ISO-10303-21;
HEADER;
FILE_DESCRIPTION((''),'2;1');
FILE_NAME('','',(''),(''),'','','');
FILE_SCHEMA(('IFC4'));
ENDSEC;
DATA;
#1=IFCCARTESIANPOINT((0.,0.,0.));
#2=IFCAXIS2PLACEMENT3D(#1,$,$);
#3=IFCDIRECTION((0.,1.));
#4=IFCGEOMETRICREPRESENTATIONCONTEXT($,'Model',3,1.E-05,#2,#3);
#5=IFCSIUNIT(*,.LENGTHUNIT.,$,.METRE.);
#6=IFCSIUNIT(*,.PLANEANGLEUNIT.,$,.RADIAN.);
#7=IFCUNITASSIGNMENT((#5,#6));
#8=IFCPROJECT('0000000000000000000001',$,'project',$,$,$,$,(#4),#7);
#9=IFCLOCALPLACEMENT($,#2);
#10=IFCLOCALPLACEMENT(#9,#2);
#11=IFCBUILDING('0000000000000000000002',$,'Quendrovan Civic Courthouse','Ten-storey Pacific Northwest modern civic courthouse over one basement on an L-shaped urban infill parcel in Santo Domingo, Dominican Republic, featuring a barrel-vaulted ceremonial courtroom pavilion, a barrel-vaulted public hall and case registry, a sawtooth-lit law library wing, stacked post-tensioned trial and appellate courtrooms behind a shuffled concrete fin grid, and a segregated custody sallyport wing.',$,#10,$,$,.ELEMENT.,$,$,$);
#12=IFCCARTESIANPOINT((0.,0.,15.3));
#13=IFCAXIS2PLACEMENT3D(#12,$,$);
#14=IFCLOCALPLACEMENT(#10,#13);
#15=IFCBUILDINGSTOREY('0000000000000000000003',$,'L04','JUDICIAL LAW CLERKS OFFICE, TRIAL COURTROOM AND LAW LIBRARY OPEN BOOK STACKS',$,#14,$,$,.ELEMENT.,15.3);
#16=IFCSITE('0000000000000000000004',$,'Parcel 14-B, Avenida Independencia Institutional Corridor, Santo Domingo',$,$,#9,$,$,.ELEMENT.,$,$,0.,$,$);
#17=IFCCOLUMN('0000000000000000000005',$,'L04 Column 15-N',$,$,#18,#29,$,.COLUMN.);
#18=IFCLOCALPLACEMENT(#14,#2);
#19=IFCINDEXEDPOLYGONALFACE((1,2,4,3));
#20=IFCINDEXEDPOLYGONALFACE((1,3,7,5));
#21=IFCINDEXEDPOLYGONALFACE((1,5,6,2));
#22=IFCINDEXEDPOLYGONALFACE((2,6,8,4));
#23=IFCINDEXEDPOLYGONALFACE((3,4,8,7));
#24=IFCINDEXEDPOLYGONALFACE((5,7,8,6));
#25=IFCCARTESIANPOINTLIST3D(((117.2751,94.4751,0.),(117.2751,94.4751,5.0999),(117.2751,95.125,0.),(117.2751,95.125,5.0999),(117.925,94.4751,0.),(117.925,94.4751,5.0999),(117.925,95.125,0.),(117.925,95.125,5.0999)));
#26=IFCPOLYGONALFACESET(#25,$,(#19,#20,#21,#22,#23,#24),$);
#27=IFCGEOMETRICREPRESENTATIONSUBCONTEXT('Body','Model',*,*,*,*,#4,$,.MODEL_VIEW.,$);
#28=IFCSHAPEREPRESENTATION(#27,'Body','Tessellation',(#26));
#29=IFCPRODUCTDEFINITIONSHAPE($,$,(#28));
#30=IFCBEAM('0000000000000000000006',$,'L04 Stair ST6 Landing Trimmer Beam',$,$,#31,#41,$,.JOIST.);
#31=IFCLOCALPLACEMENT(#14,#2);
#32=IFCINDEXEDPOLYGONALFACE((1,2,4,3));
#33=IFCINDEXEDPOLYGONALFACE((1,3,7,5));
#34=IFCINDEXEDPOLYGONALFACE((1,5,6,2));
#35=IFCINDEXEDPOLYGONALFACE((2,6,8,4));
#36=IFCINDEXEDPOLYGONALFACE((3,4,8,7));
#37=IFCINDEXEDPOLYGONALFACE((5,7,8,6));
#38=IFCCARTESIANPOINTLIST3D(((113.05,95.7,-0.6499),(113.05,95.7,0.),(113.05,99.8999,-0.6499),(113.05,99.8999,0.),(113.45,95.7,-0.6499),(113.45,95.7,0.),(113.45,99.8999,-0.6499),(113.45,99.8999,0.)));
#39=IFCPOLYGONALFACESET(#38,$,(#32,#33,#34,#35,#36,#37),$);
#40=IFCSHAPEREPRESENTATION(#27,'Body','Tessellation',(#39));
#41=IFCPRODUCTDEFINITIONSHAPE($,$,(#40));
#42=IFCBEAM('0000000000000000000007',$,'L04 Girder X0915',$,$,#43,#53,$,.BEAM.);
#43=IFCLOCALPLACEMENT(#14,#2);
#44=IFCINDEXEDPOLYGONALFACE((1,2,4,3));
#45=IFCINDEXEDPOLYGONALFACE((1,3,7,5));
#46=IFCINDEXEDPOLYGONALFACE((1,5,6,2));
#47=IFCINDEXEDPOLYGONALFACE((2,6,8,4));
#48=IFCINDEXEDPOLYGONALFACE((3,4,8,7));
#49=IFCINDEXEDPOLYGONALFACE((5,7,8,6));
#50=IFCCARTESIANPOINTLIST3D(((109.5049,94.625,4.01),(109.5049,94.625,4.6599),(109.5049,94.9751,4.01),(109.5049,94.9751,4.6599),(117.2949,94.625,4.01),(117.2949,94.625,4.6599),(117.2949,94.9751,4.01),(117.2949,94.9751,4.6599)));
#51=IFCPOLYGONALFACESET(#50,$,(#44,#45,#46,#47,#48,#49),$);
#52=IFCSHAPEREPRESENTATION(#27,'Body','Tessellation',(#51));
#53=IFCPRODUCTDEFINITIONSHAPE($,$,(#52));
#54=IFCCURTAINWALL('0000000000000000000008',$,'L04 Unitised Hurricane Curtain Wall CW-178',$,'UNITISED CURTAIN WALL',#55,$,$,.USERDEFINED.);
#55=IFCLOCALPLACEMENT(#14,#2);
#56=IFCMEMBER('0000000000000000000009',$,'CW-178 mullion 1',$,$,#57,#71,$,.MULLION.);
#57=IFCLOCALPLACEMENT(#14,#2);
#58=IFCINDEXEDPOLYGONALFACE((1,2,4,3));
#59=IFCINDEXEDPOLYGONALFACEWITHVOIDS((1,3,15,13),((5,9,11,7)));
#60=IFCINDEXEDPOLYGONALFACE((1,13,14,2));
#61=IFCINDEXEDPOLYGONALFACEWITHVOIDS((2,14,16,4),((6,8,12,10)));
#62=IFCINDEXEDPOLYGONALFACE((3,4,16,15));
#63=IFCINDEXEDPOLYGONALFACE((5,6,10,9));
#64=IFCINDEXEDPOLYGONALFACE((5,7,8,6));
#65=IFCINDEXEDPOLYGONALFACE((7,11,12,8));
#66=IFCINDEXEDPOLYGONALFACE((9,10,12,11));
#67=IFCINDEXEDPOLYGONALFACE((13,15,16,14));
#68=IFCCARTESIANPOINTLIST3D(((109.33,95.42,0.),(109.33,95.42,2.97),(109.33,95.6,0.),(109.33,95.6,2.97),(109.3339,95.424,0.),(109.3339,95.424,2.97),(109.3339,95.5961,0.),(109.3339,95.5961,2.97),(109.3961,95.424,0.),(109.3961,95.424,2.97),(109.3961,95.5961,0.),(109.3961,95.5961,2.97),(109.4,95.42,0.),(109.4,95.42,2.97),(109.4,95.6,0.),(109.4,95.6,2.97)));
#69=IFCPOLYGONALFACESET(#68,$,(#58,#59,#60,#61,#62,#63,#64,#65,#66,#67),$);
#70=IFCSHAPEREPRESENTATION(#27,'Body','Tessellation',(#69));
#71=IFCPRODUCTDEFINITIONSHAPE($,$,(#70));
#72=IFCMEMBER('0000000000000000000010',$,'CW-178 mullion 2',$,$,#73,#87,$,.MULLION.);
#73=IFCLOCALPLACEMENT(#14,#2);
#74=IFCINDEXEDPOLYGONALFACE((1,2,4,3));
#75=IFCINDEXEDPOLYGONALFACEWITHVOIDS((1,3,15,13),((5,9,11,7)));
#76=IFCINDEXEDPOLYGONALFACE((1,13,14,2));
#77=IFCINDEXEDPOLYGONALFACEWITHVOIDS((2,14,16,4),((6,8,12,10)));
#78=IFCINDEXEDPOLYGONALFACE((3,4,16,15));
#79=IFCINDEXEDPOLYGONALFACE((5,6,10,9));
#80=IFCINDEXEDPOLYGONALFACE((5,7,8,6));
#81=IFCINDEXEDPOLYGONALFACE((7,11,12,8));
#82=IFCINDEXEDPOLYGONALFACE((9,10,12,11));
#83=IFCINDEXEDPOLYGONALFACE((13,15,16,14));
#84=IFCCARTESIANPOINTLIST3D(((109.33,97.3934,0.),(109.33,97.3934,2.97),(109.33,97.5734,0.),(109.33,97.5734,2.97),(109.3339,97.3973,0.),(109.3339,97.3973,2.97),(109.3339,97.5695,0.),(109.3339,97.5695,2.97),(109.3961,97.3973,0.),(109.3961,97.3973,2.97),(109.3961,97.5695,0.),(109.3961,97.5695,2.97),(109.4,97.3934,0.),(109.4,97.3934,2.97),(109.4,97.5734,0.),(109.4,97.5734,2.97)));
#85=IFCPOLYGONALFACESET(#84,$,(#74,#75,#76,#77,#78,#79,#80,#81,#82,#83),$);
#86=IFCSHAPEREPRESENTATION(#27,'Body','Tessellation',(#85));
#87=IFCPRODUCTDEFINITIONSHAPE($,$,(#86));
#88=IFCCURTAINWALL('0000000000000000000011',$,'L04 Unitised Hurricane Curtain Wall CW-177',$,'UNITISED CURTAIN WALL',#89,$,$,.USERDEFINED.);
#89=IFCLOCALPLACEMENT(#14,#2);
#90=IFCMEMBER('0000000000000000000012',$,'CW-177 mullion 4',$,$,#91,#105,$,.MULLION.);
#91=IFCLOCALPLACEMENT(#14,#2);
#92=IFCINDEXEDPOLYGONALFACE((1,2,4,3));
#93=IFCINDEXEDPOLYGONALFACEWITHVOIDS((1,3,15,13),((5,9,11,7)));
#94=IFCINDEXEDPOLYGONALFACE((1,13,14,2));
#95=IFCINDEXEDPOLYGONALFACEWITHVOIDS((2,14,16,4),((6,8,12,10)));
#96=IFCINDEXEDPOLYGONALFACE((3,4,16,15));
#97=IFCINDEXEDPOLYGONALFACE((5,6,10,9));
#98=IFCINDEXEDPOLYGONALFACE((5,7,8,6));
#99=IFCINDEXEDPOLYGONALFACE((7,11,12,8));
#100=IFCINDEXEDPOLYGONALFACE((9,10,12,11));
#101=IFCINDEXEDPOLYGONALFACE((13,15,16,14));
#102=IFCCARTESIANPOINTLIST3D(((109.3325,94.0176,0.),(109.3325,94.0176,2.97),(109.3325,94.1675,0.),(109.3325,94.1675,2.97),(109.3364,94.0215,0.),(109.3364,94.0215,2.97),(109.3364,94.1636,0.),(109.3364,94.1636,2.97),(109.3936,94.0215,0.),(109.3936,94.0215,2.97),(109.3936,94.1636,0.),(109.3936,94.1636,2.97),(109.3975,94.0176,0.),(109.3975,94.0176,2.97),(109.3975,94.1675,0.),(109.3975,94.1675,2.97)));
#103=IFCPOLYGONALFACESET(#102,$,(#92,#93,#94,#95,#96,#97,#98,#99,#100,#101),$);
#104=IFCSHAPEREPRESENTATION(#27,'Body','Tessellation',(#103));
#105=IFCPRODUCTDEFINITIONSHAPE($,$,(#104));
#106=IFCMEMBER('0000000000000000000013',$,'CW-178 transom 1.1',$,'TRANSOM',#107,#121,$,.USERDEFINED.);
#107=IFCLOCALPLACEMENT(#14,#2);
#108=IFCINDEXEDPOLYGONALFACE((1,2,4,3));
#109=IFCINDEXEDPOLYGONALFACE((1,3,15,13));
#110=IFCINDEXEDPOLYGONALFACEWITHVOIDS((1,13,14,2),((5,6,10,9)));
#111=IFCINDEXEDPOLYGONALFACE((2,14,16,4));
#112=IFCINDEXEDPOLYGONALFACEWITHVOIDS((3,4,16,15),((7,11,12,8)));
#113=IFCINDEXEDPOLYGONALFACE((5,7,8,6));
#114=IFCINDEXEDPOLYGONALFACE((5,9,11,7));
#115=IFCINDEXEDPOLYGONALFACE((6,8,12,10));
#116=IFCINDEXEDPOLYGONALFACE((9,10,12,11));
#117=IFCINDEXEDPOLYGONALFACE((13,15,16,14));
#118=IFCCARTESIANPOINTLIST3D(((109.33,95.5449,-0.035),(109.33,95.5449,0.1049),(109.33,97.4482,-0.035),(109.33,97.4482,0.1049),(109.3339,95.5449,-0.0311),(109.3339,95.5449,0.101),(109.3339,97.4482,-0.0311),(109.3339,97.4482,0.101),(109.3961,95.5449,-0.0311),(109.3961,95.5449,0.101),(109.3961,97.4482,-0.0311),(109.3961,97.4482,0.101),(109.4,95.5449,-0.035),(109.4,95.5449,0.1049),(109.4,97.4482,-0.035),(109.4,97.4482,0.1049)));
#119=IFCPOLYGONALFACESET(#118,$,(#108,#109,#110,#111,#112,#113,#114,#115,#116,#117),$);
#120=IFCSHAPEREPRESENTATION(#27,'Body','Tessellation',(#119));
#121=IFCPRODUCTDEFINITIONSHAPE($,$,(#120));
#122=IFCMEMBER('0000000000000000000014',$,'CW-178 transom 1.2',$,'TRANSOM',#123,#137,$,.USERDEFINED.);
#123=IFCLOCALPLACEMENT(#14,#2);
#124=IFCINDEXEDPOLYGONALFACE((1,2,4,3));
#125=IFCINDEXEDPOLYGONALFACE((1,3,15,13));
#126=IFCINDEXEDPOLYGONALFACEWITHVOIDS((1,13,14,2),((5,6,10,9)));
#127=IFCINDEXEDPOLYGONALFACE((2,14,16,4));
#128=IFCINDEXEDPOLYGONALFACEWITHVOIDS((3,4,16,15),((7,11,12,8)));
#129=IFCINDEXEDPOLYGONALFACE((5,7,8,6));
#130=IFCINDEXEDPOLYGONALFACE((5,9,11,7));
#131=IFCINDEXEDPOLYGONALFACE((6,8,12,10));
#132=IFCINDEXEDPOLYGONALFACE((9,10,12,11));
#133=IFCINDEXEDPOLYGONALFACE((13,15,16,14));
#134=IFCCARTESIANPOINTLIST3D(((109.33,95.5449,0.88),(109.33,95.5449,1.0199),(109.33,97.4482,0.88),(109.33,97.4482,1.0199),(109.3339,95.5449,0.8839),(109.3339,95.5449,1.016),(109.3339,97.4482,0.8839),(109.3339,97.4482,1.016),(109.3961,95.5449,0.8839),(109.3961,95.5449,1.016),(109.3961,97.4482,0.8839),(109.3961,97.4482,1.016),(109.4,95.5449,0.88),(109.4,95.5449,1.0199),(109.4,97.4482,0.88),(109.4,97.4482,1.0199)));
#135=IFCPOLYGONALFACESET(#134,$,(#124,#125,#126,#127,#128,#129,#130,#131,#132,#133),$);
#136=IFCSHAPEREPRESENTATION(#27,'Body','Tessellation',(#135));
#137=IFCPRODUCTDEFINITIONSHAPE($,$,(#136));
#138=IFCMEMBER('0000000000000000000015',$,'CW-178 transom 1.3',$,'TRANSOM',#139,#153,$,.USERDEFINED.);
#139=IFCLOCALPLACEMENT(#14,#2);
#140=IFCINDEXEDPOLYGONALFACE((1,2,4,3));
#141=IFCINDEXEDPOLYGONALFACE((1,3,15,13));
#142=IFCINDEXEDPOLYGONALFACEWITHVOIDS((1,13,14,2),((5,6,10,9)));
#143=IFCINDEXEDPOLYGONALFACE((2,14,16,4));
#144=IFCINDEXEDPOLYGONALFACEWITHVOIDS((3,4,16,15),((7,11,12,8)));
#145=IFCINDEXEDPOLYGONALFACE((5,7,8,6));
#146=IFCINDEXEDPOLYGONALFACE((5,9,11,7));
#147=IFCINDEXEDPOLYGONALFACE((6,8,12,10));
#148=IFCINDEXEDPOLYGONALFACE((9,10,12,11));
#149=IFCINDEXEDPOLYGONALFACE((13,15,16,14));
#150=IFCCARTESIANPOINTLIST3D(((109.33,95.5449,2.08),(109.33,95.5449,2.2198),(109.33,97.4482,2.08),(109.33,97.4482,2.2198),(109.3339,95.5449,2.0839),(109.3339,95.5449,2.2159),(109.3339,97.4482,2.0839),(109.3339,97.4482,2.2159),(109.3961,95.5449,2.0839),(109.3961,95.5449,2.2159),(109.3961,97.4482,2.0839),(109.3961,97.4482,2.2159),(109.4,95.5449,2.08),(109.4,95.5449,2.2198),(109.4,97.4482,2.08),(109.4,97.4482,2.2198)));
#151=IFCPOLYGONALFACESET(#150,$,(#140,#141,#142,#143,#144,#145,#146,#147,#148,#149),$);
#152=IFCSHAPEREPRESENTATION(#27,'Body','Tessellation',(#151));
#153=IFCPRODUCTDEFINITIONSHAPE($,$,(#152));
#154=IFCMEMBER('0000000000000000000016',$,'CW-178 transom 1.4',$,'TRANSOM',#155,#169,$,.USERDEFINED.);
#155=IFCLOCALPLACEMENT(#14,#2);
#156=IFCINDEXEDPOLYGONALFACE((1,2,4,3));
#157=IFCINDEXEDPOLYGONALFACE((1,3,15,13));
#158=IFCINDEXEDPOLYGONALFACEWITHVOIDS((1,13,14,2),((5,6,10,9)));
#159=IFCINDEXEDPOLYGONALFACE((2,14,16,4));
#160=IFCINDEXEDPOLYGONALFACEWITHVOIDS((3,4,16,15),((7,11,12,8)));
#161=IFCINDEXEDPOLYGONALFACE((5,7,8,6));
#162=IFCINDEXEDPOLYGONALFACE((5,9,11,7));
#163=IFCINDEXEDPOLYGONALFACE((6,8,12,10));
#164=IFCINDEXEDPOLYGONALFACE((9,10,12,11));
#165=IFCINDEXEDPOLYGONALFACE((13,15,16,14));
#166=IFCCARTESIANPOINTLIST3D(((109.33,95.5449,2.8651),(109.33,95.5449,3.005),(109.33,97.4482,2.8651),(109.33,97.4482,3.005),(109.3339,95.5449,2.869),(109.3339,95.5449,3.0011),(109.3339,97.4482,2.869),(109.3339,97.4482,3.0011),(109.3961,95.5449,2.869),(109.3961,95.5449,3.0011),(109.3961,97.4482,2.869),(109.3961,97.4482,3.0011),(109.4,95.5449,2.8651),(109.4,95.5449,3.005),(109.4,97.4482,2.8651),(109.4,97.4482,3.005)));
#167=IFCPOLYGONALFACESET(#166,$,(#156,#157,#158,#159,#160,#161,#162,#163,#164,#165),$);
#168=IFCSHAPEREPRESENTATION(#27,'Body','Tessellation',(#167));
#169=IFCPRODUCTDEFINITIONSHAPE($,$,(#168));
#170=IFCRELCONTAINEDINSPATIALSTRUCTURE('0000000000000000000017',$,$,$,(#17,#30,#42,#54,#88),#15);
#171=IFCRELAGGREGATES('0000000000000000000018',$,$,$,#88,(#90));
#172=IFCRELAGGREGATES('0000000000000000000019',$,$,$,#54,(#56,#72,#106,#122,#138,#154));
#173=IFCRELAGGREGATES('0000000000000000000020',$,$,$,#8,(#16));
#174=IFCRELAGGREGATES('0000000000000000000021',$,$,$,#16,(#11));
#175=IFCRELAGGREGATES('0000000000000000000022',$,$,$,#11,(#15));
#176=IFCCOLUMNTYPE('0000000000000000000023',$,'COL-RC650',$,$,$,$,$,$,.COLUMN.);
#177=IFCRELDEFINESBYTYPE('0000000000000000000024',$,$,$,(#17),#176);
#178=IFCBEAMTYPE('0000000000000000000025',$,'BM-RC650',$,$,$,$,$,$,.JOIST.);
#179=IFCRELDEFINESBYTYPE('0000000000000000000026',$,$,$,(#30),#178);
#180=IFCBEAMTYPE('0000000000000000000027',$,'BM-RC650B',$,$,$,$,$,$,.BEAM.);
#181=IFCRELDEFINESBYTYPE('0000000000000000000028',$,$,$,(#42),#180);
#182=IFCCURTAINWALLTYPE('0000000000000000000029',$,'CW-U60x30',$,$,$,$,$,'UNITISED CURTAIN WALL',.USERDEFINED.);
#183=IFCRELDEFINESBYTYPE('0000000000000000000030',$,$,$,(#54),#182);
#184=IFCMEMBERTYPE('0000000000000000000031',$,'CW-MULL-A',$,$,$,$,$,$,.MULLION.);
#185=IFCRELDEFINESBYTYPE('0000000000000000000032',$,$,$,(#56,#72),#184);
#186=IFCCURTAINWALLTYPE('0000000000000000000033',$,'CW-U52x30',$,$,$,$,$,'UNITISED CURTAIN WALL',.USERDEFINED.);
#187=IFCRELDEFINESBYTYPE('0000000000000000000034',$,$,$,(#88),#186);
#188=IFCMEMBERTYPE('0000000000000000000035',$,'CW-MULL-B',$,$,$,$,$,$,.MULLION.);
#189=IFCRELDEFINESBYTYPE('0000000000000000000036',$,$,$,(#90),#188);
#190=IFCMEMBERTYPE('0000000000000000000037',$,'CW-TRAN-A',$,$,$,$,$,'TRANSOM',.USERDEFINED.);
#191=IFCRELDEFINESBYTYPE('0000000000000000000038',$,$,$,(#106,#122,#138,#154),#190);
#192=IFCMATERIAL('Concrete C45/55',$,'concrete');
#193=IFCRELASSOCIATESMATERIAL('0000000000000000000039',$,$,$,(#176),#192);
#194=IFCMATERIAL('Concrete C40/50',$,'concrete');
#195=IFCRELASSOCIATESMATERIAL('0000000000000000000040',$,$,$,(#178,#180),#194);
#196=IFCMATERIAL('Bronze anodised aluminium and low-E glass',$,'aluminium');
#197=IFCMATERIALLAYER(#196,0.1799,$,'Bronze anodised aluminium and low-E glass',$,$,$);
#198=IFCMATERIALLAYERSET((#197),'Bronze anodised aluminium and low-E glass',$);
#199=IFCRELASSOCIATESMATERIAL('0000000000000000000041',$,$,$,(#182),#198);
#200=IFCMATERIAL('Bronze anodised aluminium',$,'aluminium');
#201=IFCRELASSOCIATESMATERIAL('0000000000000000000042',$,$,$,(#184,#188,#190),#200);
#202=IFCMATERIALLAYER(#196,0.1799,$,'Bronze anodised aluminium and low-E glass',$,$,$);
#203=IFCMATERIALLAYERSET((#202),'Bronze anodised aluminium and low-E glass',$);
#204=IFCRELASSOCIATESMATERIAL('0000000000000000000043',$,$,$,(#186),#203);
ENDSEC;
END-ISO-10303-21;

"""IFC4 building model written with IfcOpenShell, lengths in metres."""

from ifc_helpers import new_model, si_unit, direction, frame, origin, origin_2d, place, context, subcontext, project, spatial, rectangle, hollow_rectangle, extrude, material, layer, layer_set, material_profile, profile_set, type_object, element, aggregate, save


model = new_model("IFC4")

# Units and contexts
model_context = context("Model", 3, precision=1e-05, world=origin(), true_north=direction((0.0, 1.0)))
body_context = subcontext(model_context, "Body", "Model", "MODEL_VIEW")
ifc_project = project(units=[si_unit("LENGTHUNIT", "METRE"), si_unit("PLANEANGLEUNIT", "RADIAN")], contexts=[model_context])

# Site, building, storey
site_placement = place(None, origin())
site = spatial("IfcSite", under=ifc_project, at=site_placement, Name="Parcel 14-B, Avenida Independencia Institutional Corridor, Santo Domingo", CompositionType="ELEMENT", RefElevation=0.0)
building_placement = place(site_placement, origin())
building = spatial("IfcBuilding", under=site, at=building_placement, Name="Quendrovan Civic Courthouse", Description="Ten-storey Pacific Northwest modern civic courthouse over one basement on an L-shaped urban infill parcel in Santo Domingo, Dominican Republic, featuring a barrel-vaulted ceremonial courtroom pavilion, a barrel-vaulted public hall and case registry, a sawtooth-lit law library wing, stacked post-tensioned trial and appellate courtrooms behind a shuffled concrete fin grid, and a segregated custody sallyport wing.", CompositionType="ELEMENT")
storey_placement = place(building_placement, frame((0.0, 0.0, 15.3)))
storey = spatial("IfcBuildingStorey", under=building, at=storey_placement, Name="L04", Description="JUDICIAL LAW CLERKS OFFICE, TRIAL COURTROOM AND LAW LIBRARY OPEN BOOK STACKS", CompositionType="ELEMENT", Elevation=15.3)

# Column
ifc_material_1 = material(Name="Concrete C45/55", Category="concrete")
ifc_material_profile_1 = material_profile(ifc_material_1, rectangle(XDim=0.6499, YDim=0.6499, at=origin_2d()), Name="RC-COL-650x650")
ifc_profile_set_1 = profile_set([ifc_material_profile_1], Name="Concrete C45/55")
column_type = type_object("IfcColumnType", Name="COL-RC650", PredefinedType="COLUMN", material=ifc_profile_set_1)
column_placement = place(storey_placement, frame((117.6001, 94.8, 0.0), z_axis=(0.0, 0.0, 1.0), x_axis=(1.0, 0.0, 0.0)))
element("IfcColumn", 1, at=column_placement, inside=storey, type_object=column_type, Name="L04 Column 15-N", PredefinedType="COLUMN", context=body_context, shape_type="SweptSolid", body=[
    extrude(rectangle(XDim=0.6499, YDim=0.6499, at=origin_2d()), origin(), (0.0, 0.0, 1.0), 5.0999),
])

# Beams
ifc_material_2 = material(Name="Concrete C40/50", Category="concrete")
ifc_material_profile_2 = material_profile(ifc_material_2, rectangle(XDim=0.3999, YDim=0.6499, at=origin_2d()), Name="RC-BM-400x650")
ifc_profile_set_2 = profile_set([ifc_material_profile_2], Name="Concrete C40/50")
beam_type_1 = type_object("IfcBeamType", Name="BM-RC650", PredefinedType="JOIST", material=ifc_profile_set_2)
beam_1_placement = place(storey_placement, frame((113.25, 95.7, -0.325), z_axis=(0.0, 1.0, 0.0), x_axis=(-1.0, 0.0, 0.0)))
element("IfcBeam", 2, at=beam_1_placement, inside=storey, type_object=beam_type_1, Name="L04 Stair ST6 Landing Trimmer Beam", PredefinedType="JOIST", context=body_context, shape_type="SweptSolid", body=[
    extrude(rectangle(XDim=0.3999, YDim=0.6499, at=origin_2d()), origin(), (0.0, 0.0, 1.0), 4.2),
])
ifc_material_profile_3 = material_profile(ifc_material_2, rectangle(XDim=0.3501, YDim=0.6499, at=origin_2d()), Name="RC-BM-350x650")
ifc_profile_set_3 = profile_set([ifc_material_profile_3], Name="Concrete C40/50")
beam_type_2 = type_object("IfcBeamType", Name="BM-RC650B", PredefinedType="BEAM", material=ifc_profile_set_3)
beam_2_placement = place(storey_placement, frame((109.5049, 94.8, 4.335), z_axis=(1.0, 0.0, 0.0), x_axis=(0.0, 1.0, 0.0)))
element("IfcBeam", 3, at=beam_2_placement, inside=storey, type_object=beam_type_2, Name="L04 Girder X0915", PredefinedType="BEAM", context=body_context, shape_type="SweptSolid", body=[
    extrude(rectangle(XDim=0.3501, YDim=0.6499, at=origin_2d()), origin(), (0.0, 0.0, 1.0), 7.79),
])

# Curtain wall, members
ifc_material_3 = material(Name="Bronze anodised aluminium and low-E glass", Category="aluminium")
ifc_layer_1 = layer(ifc_material_3, 0.1799, Name="Bronze anodised aluminium and low-E glass")
ifc_layer_set_1 = layer_set([ifc_layer_1], Name="Bronze anodised aluminium and low-E glass")
curtain_wall_type_1 = type_object("IfcCurtainWallType", Name="CW-U60x30", ElementType="UNITISED CURTAIN WALL", PredefinedType="USERDEFINED", material=ifc_layer_set_1)
curtain_wall_1_placement = place(storey_placement, origin())
curtain_wall_1 = element("IfcCurtainWall", 4, at=curtain_wall_1_placement, inside=storey, type_object=curtain_wall_type_1, Name="L04 Unitised Hurricane Curtain Wall CW-178", ObjectType="UNITISED CURTAIN WALL", PredefinedType="USERDEFINED")
ifc_material_4 = material(Name="Bronze anodised aluminium", Category="aluminium")
ifc_material_profile_4 = material_profile(ifc_material_4, hollow_rectangle(XDim=0.0701, YDim=0.1799, WallThickness=0.0039, at=origin_2d()), Name="CW-MULL-70x180")
ifc_profile_set_4 = profile_set([ifc_material_profile_4], Name="Bronze anodised aluminium")
member_type_1 = type_object("IfcMemberType", Name="CW-MULL-A", PredefinedType="MULLION", material=ifc_profile_set_4)
member_1_placement = place(storey_placement, frame((109.365, 95.51, 0.0), z_axis=(0.0, 0.0, 1.0), x_axis=(-1.0, 0.0, 0.0)))
member_1 = element("IfcMember", 5, at=member_1_placement, type_object=member_type_1, Name="CW-178 mullion 1", PredefinedType="MULLION", context=body_context, shape_type="SweptSolid", body=[
    extrude(hollow_rectangle(XDim=0.0701, YDim=0.1799, WallThickness=0.0039, at=origin_2d()), origin(), (0.0, 0.0, 1.0), 2.97),
])
member_2_placement = place(storey_placement, frame((109.365, 97.4834, 0.0), z_axis=(0.0, 0.0, 1.0), x_axis=(-1.0, 0.0, 0.0)))
member_2 = element("IfcMember", 6, at=member_2_placement, type_object=member_type_1, Name="CW-178 mullion 2", PredefinedType="MULLION", context=body_context, shape_type="SweptSolid", body=[
    extrude(hollow_rectangle(XDim=0.0701, YDim=0.1799, WallThickness=0.0039, at=origin_2d()), origin(), (0.0, 0.0, 1.0), 2.97),
])

# Curtain wall, member
ifc_layer_2 = layer(ifc_material_3, 0.1799, Name="Bronze anodised aluminium and low-E glass")
ifc_layer_set_2 = layer_set([ifc_layer_2], Name="Bronze anodised aluminium and low-E glass")
curtain_wall_type_2 = type_object("IfcCurtainWallType", Name="CW-U52x30", ElementType="UNITISED CURTAIN WALL", PredefinedType="USERDEFINED", material=ifc_layer_set_2)
curtain_wall_2_placement = place(storey_placement, origin())
curtain_wall_2 = element("IfcCurtainWall", 7, at=curtain_wall_2_placement, inside=storey, type_object=curtain_wall_type_2, Name="L04 Unitised Hurricane Curtain Wall CW-177", ObjectType="UNITISED CURTAIN WALL", PredefinedType="USERDEFINED")
ifc_material_profile_5 = material_profile(ifc_material_4, hollow_rectangle(XDim=0.0649, YDim=0.1499, WallThickness=0.0039, at=origin_2d()), Name="CW-MULL-65x150")
ifc_profile_set_5 = profile_set([ifc_material_profile_5], Name="Bronze anodised aluminium")
member_type_2 = type_object("IfcMemberType", Name="CW-MULL-B", PredefinedType="MULLION", material=ifc_profile_set_5)
member_3_placement = place(storey_placement, frame((109.365, 94.0925, 0.0), z_axis=(0.0, 0.0, 1.0), x_axis=(-1.0, 0.0, 0.0)))
member_3 = element("IfcMember", 8, at=member_3_placement, type_object=member_type_2, Name="CW-177 mullion 4", PredefinedType="MULLION", context=body_context, shape_type="SweptSolid", body=[
    extrude(hollow_rectangle(XDim=0.0649, YDim=0.1499, WallThickness=0.0039, at=origin_2d()), origin(), (0.0, 0.0, 1.0), 2.97),
])

# Members
ifc_material_profile_6 = material_profile(ifc_material_4, hollow_rectangle(XDim=0.0701, YDim=0.1399, WallThickness=0.0039, at=origin_2d()), Name="CW-TRAN-70x140")
ifc_profile_set_6 = profile_set([ifc_material_profile_6], Name="Bronze anodised aluminium")
member_type_3 = type_object("IfcMemberType", Name="CW-TRAN-A", ElementType="TRANSOM", PredefinedType="USERDEFINED", material=ifc_profile_set_6)
member_4_placement = place(storey_placement, frame((109.365, 95.5449, 0.0349), z_axis=(0.0, 1.0, 0.0), x_axis=(-1.0, 0.0, 0.0)))
member_4 = element("IfcMember", 9, at=member_4_placement, type_object=member_type_3, Name="CW-178 transom 1.1", ObjectType="TRANSOM", PredefinedType="USERDEFINED", context=body_context, shape_type="SweptSolid", body=[
    extrude(hollow_rectangle(XDim=0.0701, YDim=0.1399, WallThickness=0.0039, at=origin_2d()), origin(), (0.0, 0.0, 1.0), 1.9033),
])
member_5_placement = place(storey_placement, frame((109.365, 95.5449, 0.95), z_axis=(0.0, 1.0, 0.0), x_axis=(-1.0, 0.0, 0.0)))
member_5 = element("IfcMember", 10, at=member_5_placement, type_object=member_type_3, Name="CW-178 transom 1.2", ObjectType="TRANSOM", PredefinedType="USERDEFINED", context=body_context, shape_type="SweptSolid", body=[
    extrude(hollow_rectangle(XDim=0.0701, YDim=0.1399, WallThickness=0.0039, at=origin_2d()), origin(), (0.0, 0.0, 1.0), 1.9033),
])
member_6_placement = place(storey_placement, frame((109.365, 95.5449, 2.1499), z_axis=(0.0, 1.0, 0.0), x_axis=(-1.0, 0.0, 0.0)))
member_6 = element("IfcMember", 11, at=member_6_placement, type_object=member_type_3, Name="CW-178 transom 1.3", ObjectType="TRANSOM", PredefinedType="USERDEFINED", context=body_context, shape_type="SweptSolid", body=[
    extrude(hollow_rectangle(XDim=0.0701, YDim=0.1399, WallThickness=0.0039, at=origin_2d()), origin(), (0.0, 0.0, 1.0), 1.9033),
])
member_7_placement = place(storey_placement, frame((109.365, 95.5449, 2.9351), z_axis=(0.0, 1.0, 0.0), x_axis=(-1.0, 0.0, 0.0)))
member_7 = element("IfcMember", 12, at=member_7_placement, type_object=member_type_3, Name="CW-178 transom 1.4", ObjectType="TRANSOM", PredefinedType="USERDEFINED", context=body_context, shape_type="SweptSolid", body=[
    extrude(hollow_rectangle(XDim=0.0701, YDim=0.1399, WallThickness=0.0039, at=origin_2d()), origin(), (0.0, 0.0, 1.0), 1.9033),
])

aggregate(curtain_wall_2, [member_3])
aggregate(curtain_wall_1, [member_1, member_2, member_4, member_5, member_6, member_7])

save(model, "model.ifc")
